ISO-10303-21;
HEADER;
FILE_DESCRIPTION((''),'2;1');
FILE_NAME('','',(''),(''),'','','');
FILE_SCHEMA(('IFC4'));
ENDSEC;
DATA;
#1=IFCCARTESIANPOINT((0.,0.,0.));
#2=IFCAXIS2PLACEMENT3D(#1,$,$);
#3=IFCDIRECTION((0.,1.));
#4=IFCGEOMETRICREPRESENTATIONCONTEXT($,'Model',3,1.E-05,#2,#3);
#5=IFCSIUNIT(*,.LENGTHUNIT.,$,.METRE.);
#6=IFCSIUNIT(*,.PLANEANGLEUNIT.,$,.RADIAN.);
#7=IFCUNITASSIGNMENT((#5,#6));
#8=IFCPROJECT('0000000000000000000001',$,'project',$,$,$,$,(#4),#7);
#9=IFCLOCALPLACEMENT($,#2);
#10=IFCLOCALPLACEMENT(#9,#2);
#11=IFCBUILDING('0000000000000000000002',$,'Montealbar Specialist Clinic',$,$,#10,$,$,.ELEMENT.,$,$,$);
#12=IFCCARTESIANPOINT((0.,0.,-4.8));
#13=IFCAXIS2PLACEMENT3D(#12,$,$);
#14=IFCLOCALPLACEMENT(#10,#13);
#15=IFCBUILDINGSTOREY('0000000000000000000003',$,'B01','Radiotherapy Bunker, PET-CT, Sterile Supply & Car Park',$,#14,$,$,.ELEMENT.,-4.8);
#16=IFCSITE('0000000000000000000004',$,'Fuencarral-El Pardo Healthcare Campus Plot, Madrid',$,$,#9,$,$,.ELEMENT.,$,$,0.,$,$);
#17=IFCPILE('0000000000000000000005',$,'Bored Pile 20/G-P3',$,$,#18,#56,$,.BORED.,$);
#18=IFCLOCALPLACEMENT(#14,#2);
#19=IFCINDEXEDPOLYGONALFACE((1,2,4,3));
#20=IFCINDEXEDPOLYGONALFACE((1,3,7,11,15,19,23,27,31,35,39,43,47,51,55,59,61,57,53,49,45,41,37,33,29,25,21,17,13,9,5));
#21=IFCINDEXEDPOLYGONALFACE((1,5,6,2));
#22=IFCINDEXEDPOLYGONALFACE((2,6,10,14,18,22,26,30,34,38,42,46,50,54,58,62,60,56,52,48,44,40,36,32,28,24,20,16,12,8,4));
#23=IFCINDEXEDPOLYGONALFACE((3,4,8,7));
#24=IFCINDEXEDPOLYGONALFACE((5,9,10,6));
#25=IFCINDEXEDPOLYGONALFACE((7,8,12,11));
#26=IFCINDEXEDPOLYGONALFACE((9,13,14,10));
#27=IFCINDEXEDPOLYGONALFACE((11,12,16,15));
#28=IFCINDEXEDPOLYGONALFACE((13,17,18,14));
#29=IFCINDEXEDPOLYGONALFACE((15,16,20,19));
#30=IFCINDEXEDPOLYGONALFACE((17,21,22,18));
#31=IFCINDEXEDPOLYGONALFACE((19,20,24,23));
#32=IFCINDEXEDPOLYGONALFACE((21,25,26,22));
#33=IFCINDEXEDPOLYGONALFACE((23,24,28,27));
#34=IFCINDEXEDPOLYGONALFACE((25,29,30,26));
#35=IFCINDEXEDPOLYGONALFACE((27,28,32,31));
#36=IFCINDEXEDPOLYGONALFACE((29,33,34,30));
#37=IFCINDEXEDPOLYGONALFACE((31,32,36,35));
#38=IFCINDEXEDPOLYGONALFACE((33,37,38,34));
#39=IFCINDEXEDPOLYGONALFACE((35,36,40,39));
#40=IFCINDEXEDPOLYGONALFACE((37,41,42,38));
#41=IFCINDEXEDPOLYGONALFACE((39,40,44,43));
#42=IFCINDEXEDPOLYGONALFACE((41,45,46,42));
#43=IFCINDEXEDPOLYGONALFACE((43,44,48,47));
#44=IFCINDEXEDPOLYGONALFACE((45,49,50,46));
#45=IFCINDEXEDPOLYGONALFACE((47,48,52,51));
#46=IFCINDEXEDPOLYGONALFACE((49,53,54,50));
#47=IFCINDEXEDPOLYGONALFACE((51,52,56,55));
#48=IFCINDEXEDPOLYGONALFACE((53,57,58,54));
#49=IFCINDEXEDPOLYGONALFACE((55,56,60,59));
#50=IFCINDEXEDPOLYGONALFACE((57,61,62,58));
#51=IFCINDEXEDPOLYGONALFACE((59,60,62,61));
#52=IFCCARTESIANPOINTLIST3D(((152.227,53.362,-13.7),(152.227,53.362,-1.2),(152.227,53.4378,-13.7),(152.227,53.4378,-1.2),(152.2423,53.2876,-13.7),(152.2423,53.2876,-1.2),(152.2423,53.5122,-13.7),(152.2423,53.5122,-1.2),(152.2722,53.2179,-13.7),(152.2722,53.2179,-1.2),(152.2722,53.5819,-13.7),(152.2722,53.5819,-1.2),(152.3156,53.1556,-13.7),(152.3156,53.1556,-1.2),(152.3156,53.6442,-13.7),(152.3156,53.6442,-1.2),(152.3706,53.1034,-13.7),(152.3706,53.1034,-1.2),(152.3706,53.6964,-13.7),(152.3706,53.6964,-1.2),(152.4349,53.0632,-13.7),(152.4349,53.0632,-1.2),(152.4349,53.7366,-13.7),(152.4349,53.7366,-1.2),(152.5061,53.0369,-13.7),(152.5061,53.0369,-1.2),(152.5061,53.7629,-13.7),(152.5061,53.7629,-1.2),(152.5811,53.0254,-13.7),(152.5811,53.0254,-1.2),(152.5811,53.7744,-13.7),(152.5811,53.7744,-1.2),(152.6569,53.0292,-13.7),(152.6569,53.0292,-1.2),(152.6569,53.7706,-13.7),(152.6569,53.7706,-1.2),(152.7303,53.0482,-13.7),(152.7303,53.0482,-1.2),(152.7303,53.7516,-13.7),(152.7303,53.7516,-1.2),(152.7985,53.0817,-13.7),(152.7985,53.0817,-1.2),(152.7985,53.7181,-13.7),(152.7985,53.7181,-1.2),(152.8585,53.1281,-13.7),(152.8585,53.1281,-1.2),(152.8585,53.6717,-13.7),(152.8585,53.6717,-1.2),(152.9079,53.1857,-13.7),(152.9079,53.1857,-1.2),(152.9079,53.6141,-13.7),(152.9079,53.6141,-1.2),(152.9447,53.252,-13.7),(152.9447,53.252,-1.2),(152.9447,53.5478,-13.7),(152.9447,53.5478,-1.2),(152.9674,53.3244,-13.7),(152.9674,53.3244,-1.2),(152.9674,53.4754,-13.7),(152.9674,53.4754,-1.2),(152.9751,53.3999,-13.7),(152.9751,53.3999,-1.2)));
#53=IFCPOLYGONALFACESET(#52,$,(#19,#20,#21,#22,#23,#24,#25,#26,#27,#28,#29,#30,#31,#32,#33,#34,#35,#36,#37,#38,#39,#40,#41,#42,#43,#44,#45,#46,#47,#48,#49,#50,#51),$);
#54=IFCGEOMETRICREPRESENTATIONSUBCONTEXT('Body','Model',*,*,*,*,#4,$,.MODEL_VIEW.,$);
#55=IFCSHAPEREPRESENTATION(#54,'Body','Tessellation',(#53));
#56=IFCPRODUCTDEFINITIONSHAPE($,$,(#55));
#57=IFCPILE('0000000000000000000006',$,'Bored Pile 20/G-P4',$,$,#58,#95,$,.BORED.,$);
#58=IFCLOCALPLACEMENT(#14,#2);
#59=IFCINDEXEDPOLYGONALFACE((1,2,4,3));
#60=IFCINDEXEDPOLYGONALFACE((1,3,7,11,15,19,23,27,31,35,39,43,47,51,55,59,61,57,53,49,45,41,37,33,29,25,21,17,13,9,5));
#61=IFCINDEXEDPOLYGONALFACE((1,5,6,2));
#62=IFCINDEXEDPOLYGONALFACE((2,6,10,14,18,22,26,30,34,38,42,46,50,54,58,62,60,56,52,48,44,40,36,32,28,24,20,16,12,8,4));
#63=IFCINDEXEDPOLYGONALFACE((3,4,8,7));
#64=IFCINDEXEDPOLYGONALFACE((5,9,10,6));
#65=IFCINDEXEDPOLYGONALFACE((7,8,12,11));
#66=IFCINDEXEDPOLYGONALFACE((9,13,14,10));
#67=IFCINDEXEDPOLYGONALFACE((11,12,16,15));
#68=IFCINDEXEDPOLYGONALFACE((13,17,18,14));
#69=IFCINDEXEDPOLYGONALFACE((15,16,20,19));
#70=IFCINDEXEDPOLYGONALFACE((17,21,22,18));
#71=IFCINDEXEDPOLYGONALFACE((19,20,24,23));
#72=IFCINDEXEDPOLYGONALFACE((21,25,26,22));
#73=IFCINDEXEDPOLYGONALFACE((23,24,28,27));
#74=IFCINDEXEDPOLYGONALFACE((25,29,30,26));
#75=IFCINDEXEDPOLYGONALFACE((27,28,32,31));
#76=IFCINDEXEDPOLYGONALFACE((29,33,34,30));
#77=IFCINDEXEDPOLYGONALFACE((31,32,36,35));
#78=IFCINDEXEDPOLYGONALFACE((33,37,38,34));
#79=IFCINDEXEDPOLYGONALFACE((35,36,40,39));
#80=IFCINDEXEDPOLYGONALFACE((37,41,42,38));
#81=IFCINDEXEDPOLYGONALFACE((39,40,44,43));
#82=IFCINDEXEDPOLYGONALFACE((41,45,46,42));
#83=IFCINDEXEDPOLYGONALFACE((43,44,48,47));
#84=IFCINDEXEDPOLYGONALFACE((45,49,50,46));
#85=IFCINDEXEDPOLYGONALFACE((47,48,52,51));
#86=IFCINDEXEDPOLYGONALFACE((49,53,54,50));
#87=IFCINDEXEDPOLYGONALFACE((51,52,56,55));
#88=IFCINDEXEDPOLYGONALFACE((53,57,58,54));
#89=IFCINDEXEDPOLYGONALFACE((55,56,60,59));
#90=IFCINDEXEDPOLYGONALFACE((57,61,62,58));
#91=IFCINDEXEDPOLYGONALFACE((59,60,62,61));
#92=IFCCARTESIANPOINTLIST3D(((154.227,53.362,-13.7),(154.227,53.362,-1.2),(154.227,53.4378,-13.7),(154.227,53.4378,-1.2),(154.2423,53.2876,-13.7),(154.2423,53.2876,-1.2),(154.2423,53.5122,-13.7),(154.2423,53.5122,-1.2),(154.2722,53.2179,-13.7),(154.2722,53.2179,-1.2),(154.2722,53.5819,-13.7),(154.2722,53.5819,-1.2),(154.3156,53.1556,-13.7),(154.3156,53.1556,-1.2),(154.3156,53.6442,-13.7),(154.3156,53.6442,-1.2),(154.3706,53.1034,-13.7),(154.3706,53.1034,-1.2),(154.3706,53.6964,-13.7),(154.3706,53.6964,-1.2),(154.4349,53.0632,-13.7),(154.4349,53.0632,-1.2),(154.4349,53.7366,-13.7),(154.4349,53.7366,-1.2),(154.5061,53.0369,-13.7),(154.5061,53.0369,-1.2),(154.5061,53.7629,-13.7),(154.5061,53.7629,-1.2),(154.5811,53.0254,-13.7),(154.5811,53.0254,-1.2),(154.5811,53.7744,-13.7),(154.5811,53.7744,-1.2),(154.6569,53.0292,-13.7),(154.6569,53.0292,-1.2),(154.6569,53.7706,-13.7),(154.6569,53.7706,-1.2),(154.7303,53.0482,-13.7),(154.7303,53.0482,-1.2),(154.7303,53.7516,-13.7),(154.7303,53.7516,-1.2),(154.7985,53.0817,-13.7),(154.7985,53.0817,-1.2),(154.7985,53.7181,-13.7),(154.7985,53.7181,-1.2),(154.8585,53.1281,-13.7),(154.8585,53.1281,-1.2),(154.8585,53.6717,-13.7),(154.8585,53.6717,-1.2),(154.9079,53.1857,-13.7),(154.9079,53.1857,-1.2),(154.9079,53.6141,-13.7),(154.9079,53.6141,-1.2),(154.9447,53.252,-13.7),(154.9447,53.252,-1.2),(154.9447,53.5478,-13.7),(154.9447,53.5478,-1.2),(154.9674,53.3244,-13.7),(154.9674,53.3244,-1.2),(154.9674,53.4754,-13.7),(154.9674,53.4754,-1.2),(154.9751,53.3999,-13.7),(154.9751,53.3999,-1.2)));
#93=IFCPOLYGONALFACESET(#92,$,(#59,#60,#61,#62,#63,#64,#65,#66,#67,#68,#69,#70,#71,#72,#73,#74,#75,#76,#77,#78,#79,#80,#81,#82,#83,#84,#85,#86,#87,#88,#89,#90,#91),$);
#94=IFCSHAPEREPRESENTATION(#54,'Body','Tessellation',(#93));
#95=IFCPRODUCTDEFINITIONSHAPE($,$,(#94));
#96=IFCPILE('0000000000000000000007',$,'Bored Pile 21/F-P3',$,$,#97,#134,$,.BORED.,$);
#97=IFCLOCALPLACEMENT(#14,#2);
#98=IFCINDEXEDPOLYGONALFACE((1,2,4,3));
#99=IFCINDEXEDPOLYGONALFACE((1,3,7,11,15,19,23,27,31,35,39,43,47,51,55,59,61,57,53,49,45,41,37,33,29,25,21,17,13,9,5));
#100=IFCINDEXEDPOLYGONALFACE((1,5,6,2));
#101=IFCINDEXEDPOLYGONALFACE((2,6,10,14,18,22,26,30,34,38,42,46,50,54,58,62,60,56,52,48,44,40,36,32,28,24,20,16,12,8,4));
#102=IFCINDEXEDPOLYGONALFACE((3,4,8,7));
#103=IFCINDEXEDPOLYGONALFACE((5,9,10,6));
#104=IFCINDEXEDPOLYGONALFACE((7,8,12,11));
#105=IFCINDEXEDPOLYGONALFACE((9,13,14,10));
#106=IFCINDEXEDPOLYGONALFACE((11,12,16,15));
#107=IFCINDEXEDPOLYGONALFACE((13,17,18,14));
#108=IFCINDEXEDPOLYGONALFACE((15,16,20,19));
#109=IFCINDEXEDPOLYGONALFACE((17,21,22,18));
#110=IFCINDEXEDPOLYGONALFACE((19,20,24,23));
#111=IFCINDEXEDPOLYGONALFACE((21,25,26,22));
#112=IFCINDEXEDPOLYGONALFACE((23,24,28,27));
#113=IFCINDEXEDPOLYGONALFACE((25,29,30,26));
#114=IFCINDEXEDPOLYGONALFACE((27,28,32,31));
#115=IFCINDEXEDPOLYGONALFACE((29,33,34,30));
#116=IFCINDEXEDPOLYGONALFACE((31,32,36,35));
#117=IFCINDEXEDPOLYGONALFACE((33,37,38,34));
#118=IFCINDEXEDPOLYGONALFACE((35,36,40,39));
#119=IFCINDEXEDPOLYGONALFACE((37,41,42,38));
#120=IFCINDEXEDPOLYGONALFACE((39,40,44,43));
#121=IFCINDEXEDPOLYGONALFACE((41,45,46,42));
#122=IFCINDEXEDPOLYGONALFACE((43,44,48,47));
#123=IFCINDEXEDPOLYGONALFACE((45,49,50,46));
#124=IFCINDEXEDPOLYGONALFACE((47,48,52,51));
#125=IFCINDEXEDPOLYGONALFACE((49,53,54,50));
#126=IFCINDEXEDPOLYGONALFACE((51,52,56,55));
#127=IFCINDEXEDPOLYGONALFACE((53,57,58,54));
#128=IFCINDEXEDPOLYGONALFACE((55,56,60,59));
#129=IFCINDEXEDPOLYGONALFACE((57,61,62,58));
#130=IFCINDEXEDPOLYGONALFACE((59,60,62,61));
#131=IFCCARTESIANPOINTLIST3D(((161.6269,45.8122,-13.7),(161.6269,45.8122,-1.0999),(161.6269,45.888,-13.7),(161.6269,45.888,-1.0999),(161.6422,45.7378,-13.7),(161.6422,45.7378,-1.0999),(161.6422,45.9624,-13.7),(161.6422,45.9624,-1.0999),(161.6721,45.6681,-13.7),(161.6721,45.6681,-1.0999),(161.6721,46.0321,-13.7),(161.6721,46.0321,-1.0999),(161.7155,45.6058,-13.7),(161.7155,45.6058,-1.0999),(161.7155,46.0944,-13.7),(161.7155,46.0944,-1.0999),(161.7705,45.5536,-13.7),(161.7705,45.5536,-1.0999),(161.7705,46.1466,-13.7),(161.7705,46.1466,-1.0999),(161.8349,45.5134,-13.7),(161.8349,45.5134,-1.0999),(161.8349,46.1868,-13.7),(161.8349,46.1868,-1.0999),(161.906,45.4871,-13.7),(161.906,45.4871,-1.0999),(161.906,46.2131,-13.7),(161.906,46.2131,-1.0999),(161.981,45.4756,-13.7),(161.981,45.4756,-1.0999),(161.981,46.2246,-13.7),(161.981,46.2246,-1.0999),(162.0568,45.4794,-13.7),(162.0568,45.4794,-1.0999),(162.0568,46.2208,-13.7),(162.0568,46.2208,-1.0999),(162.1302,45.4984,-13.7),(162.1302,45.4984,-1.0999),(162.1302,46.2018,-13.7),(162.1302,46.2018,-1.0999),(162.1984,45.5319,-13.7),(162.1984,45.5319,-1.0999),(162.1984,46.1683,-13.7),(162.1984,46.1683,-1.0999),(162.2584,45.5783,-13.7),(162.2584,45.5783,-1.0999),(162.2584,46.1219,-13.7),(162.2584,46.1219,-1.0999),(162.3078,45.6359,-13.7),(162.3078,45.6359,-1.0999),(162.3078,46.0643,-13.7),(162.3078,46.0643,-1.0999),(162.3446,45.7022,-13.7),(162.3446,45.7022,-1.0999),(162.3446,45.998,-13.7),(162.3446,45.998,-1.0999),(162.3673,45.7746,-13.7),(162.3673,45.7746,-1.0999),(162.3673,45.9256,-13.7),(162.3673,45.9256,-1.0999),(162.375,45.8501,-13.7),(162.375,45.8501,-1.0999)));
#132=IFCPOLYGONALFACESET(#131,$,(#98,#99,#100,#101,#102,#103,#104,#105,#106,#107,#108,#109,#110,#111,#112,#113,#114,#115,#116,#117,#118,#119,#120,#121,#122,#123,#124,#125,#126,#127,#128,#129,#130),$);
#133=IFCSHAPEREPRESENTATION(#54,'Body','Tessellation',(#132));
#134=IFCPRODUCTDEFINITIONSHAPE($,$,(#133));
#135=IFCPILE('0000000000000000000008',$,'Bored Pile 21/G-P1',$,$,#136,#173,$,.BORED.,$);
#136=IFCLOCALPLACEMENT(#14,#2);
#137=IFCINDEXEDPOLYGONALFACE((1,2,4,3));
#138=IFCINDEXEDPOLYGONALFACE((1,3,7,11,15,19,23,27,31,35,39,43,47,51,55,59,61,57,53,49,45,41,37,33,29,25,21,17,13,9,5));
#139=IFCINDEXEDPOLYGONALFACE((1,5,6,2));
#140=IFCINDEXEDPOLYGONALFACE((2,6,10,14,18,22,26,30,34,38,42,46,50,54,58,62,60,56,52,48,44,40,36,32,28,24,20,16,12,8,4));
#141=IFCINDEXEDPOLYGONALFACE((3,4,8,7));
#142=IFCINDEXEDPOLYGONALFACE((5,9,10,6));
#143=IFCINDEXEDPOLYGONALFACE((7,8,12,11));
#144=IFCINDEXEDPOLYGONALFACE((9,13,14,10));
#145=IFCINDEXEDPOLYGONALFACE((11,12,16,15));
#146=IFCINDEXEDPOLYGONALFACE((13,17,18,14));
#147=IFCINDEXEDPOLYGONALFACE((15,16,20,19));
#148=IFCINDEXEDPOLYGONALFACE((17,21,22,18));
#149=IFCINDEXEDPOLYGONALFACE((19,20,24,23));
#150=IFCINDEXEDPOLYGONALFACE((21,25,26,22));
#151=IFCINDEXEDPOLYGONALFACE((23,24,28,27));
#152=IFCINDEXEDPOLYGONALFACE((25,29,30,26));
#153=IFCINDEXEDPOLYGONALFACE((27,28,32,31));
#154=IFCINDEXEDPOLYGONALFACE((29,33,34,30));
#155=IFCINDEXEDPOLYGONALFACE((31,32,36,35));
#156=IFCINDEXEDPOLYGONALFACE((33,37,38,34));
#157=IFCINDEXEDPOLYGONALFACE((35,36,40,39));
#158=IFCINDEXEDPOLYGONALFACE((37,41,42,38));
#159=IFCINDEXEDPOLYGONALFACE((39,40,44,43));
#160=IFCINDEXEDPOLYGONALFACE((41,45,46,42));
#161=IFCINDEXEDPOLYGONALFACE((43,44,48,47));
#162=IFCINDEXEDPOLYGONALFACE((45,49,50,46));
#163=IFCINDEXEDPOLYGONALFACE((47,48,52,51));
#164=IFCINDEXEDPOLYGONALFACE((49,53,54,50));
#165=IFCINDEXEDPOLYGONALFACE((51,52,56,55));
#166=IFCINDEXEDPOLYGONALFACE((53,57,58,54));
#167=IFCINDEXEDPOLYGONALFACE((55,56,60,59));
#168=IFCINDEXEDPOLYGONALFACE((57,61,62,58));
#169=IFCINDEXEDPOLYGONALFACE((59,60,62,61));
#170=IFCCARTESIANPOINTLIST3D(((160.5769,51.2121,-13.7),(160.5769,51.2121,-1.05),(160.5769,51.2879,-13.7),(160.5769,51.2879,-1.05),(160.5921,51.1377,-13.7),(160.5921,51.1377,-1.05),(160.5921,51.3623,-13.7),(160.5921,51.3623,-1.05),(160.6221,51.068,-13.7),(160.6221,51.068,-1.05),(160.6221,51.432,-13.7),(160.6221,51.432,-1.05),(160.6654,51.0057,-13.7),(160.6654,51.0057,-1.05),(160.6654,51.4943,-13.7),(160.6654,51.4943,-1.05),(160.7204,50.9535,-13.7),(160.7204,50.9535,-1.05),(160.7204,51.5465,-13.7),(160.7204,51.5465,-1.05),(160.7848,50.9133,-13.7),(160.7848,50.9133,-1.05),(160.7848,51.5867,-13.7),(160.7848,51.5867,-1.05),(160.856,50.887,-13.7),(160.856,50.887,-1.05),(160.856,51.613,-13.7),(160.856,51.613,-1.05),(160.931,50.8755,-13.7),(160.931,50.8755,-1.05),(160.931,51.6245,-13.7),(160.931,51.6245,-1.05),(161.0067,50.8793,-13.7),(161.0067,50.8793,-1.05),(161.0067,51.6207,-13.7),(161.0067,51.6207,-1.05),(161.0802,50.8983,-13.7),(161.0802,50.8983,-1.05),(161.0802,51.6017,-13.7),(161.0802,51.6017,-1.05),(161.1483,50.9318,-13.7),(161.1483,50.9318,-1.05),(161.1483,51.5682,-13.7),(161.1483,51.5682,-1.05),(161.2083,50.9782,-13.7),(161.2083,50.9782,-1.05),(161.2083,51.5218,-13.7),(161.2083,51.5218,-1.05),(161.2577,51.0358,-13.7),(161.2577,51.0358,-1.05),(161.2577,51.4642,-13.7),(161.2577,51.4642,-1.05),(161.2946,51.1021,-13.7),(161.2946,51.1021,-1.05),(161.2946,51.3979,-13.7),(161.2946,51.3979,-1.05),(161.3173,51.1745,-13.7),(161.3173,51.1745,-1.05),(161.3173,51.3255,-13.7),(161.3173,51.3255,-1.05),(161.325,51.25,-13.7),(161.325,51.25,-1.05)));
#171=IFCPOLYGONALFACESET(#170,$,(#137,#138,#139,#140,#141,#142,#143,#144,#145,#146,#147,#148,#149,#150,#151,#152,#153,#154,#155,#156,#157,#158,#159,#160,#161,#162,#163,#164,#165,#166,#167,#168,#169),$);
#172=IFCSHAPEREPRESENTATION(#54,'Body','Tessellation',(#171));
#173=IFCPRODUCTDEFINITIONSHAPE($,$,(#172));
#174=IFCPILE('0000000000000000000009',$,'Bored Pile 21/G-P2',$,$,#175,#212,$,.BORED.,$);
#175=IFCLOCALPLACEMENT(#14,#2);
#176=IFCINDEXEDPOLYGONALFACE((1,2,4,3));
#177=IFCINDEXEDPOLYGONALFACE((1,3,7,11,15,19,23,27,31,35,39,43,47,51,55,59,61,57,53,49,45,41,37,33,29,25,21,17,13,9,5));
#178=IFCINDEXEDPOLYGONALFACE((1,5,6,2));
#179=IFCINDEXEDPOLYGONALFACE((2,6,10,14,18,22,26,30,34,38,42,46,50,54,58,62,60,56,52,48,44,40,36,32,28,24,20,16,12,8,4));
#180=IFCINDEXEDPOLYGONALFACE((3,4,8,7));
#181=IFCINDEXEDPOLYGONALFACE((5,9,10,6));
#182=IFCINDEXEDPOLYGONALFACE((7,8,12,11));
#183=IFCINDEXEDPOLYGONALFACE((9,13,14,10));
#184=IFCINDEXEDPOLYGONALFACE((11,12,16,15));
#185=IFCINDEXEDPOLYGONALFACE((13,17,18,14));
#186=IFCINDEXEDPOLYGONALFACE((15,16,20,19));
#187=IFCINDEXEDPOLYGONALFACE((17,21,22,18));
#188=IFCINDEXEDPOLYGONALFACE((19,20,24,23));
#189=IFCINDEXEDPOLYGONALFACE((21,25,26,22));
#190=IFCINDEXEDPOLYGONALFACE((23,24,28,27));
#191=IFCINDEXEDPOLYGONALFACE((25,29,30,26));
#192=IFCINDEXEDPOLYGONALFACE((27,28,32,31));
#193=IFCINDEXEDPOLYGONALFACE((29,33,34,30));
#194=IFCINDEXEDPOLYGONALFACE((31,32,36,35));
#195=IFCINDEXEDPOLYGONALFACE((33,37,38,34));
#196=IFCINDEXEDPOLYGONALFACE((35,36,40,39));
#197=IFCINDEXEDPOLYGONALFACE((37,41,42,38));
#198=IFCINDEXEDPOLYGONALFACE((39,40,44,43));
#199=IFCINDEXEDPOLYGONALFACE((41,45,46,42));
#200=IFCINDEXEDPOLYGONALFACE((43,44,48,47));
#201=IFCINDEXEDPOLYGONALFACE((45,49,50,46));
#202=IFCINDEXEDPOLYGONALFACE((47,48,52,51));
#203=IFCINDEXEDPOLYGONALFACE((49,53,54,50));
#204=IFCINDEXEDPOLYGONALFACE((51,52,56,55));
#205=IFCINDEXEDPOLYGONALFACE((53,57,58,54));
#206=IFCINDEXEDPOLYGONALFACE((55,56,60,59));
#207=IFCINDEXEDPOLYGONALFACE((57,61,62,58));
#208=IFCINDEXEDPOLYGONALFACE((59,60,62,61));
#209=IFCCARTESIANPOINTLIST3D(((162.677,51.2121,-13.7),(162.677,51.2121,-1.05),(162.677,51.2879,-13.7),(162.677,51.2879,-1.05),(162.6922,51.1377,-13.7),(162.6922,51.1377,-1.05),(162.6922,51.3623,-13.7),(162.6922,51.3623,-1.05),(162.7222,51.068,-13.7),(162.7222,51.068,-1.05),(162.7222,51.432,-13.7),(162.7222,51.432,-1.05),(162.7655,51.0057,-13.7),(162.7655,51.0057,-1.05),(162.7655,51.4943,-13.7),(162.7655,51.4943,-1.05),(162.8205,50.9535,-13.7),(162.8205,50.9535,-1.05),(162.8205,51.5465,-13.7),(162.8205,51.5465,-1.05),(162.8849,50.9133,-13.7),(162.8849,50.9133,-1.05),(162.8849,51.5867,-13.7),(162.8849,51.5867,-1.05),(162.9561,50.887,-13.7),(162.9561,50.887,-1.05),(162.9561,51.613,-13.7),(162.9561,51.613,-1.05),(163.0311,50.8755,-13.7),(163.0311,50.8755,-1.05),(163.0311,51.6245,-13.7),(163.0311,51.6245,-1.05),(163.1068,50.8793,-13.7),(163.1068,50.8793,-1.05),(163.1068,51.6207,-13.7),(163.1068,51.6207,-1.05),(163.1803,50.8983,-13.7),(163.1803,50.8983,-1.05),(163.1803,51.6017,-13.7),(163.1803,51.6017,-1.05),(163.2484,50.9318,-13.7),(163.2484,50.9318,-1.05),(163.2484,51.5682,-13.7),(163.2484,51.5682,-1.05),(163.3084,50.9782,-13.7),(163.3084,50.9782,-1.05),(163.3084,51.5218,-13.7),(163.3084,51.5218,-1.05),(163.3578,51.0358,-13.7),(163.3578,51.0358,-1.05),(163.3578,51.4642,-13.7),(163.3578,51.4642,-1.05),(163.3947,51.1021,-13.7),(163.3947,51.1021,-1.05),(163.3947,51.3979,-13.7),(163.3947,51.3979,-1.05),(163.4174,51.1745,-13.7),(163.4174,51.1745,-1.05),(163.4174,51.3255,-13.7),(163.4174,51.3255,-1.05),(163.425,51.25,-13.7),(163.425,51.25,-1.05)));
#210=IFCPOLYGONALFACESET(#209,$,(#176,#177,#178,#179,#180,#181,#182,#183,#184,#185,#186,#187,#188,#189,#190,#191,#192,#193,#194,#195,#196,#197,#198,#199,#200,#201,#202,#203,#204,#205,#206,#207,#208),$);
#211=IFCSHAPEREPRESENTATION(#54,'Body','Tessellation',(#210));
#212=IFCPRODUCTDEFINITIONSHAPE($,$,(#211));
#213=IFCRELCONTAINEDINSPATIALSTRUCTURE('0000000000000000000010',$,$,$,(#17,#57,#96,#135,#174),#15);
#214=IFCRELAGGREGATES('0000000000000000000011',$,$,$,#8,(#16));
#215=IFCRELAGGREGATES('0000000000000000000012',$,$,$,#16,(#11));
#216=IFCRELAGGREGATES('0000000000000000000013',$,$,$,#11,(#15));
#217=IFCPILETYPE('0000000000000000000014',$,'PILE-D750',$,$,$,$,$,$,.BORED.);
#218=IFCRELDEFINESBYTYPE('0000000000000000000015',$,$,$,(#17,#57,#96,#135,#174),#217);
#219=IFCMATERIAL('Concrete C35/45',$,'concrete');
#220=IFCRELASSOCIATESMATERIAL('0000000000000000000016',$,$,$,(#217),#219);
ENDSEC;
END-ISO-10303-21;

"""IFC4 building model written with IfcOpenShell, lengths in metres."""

from ifc_helpers import new_model, si_unit, direction, frame, origin, origin_2d, place, context, subcontext, project, spatial, circle, extrude, material, material_profile, profile_set, type_object, element, save


model = new_model("IFC4")

# Units and contexts
model_context = context("Model", 3, precision=1e-05, world=origin(), true_north=direction((0.0, 1.0)))
body_context = subcontext(model_context, "Body", "Model", "MODEL_VIEW")
ifc_project = project(units=[si_unit("LENGTHUNIT", "METRE"), si_unit("PLANEANGLEUNIT", "RADIAN")], contexts=[model_context])

# Site, building, storey
site_placement = place(None, origin())
site = spatial("IfcSite", under=ifc_project, at=site_placement, Name="Fuencarral-El Pardo Healthcare Campus Plot, Madrid", CompositionType="ELEMENT", RefElevation=0.0)
building_placement = place(site_placement, origin())
building = spatial("IfcBuilding", under=site, at=building_placement, Name="Montealbar Specialist Clinic", CompositionType="ELEMENT")
storey_placement = place(building_placement, frame((0.0, 0.0, -4.8)))
storey = spatial("IfcBuildingStorey", under=building, at=storey_placement, Name="B01", Description="Radiotherapy Bunker, PET-CT, Sterile Supply & Car Park", CompositionType="ELEMENT", Elevation=-4.8)

# Shared definitions
ifc_material_1 = material(Name="Concrete C35/45", Category="concrete")

# Piles
ifc_material_profile_1 = material_profile(ifc_material_1, circle(Radius=0.375, at=origin_2d()), Name="PILE D750", Category="concrete")
ifc_profile_set_1 = profile_set([ifc_material_profile_1], Name="Concrete C35/45")
pile_type_1 = type_object("IfcPileType", Name="PILE-D750", PredefinedType="BORED", material=ifc_profile_set_1)
for number, where, z_axis, x_axis, name in (
    (1, (152.6001, 53.3999, -1.2), (0.0, 0.0, -1.0), (1.0, 0.0, 0.0), "Bored Pile 20/G-P3"),
    (2, (154.6001, 53.3999, -1.2), (0.0, 0.0, -1.0), (1.0, 0.0, 0.0), "Bored Pile 20/G-P4"),
):
    element("IfcPile", number, at=place(storey_placement, frame(where, z_axis=z_axis, x_axis=x_axis)), inside=storey, type_object=pile_type_1, Name=name, PredefinedType="BORED", context=body_context, shape_type="SweptSolid", body=[
        extrude(circle(Radius=0.375, at=origin_2d()), origin(), (0.0, 0.0, 1.0), 12.5),
    ])
pile_1_placement = place(storey_placement, frame((162.0, 45.8501, -1.0999), z_axis=(0.0, 0.0, -1.0), x_axis=(1.0, 0.0, 0.0)))
element("IfcPile", 3, at=pile_1_placement, inside=storey, type_object=pile_type_1, Name="Bored Pile 21/F-P3", PredefinedType="BORED", context=body_context, shape_type="SweptSolid", body=[
    extrude(circle(Radius=0.375, at=origin_2d()), origin(), (0.0, 0.0, 1.0), 12.6001),
])
for number, where, z_axis, x_axis, name in (
    (4, (160.95, 51.25, -1.05), (0.0, 0.0, -1.0), (1.0, 0.0, 0.0), "Bored Pile 21/G-P1"),
    (5, (163.05, 51.25, -1.05), (0.0, 0.0, -1.0), (1.0, 0.0, 0.0), "Bored Pile 21/G-P2"),
):
    element("IfcPile", number, at=place(storey_placement, frame(where, z_axis=z_axis, x_axis=x_axis)), inside=storey, type_object=pile_type_1, Name=name, PredefinedType="BORED", context=body_context, shape_type="SweptSolid", body=[
        extrude(circle(Radius=0.375, at=origin_2d()), origin(), (0.0, 0.0, 1.0), 12.6499),
    ])

save(model, "model.ifc")
